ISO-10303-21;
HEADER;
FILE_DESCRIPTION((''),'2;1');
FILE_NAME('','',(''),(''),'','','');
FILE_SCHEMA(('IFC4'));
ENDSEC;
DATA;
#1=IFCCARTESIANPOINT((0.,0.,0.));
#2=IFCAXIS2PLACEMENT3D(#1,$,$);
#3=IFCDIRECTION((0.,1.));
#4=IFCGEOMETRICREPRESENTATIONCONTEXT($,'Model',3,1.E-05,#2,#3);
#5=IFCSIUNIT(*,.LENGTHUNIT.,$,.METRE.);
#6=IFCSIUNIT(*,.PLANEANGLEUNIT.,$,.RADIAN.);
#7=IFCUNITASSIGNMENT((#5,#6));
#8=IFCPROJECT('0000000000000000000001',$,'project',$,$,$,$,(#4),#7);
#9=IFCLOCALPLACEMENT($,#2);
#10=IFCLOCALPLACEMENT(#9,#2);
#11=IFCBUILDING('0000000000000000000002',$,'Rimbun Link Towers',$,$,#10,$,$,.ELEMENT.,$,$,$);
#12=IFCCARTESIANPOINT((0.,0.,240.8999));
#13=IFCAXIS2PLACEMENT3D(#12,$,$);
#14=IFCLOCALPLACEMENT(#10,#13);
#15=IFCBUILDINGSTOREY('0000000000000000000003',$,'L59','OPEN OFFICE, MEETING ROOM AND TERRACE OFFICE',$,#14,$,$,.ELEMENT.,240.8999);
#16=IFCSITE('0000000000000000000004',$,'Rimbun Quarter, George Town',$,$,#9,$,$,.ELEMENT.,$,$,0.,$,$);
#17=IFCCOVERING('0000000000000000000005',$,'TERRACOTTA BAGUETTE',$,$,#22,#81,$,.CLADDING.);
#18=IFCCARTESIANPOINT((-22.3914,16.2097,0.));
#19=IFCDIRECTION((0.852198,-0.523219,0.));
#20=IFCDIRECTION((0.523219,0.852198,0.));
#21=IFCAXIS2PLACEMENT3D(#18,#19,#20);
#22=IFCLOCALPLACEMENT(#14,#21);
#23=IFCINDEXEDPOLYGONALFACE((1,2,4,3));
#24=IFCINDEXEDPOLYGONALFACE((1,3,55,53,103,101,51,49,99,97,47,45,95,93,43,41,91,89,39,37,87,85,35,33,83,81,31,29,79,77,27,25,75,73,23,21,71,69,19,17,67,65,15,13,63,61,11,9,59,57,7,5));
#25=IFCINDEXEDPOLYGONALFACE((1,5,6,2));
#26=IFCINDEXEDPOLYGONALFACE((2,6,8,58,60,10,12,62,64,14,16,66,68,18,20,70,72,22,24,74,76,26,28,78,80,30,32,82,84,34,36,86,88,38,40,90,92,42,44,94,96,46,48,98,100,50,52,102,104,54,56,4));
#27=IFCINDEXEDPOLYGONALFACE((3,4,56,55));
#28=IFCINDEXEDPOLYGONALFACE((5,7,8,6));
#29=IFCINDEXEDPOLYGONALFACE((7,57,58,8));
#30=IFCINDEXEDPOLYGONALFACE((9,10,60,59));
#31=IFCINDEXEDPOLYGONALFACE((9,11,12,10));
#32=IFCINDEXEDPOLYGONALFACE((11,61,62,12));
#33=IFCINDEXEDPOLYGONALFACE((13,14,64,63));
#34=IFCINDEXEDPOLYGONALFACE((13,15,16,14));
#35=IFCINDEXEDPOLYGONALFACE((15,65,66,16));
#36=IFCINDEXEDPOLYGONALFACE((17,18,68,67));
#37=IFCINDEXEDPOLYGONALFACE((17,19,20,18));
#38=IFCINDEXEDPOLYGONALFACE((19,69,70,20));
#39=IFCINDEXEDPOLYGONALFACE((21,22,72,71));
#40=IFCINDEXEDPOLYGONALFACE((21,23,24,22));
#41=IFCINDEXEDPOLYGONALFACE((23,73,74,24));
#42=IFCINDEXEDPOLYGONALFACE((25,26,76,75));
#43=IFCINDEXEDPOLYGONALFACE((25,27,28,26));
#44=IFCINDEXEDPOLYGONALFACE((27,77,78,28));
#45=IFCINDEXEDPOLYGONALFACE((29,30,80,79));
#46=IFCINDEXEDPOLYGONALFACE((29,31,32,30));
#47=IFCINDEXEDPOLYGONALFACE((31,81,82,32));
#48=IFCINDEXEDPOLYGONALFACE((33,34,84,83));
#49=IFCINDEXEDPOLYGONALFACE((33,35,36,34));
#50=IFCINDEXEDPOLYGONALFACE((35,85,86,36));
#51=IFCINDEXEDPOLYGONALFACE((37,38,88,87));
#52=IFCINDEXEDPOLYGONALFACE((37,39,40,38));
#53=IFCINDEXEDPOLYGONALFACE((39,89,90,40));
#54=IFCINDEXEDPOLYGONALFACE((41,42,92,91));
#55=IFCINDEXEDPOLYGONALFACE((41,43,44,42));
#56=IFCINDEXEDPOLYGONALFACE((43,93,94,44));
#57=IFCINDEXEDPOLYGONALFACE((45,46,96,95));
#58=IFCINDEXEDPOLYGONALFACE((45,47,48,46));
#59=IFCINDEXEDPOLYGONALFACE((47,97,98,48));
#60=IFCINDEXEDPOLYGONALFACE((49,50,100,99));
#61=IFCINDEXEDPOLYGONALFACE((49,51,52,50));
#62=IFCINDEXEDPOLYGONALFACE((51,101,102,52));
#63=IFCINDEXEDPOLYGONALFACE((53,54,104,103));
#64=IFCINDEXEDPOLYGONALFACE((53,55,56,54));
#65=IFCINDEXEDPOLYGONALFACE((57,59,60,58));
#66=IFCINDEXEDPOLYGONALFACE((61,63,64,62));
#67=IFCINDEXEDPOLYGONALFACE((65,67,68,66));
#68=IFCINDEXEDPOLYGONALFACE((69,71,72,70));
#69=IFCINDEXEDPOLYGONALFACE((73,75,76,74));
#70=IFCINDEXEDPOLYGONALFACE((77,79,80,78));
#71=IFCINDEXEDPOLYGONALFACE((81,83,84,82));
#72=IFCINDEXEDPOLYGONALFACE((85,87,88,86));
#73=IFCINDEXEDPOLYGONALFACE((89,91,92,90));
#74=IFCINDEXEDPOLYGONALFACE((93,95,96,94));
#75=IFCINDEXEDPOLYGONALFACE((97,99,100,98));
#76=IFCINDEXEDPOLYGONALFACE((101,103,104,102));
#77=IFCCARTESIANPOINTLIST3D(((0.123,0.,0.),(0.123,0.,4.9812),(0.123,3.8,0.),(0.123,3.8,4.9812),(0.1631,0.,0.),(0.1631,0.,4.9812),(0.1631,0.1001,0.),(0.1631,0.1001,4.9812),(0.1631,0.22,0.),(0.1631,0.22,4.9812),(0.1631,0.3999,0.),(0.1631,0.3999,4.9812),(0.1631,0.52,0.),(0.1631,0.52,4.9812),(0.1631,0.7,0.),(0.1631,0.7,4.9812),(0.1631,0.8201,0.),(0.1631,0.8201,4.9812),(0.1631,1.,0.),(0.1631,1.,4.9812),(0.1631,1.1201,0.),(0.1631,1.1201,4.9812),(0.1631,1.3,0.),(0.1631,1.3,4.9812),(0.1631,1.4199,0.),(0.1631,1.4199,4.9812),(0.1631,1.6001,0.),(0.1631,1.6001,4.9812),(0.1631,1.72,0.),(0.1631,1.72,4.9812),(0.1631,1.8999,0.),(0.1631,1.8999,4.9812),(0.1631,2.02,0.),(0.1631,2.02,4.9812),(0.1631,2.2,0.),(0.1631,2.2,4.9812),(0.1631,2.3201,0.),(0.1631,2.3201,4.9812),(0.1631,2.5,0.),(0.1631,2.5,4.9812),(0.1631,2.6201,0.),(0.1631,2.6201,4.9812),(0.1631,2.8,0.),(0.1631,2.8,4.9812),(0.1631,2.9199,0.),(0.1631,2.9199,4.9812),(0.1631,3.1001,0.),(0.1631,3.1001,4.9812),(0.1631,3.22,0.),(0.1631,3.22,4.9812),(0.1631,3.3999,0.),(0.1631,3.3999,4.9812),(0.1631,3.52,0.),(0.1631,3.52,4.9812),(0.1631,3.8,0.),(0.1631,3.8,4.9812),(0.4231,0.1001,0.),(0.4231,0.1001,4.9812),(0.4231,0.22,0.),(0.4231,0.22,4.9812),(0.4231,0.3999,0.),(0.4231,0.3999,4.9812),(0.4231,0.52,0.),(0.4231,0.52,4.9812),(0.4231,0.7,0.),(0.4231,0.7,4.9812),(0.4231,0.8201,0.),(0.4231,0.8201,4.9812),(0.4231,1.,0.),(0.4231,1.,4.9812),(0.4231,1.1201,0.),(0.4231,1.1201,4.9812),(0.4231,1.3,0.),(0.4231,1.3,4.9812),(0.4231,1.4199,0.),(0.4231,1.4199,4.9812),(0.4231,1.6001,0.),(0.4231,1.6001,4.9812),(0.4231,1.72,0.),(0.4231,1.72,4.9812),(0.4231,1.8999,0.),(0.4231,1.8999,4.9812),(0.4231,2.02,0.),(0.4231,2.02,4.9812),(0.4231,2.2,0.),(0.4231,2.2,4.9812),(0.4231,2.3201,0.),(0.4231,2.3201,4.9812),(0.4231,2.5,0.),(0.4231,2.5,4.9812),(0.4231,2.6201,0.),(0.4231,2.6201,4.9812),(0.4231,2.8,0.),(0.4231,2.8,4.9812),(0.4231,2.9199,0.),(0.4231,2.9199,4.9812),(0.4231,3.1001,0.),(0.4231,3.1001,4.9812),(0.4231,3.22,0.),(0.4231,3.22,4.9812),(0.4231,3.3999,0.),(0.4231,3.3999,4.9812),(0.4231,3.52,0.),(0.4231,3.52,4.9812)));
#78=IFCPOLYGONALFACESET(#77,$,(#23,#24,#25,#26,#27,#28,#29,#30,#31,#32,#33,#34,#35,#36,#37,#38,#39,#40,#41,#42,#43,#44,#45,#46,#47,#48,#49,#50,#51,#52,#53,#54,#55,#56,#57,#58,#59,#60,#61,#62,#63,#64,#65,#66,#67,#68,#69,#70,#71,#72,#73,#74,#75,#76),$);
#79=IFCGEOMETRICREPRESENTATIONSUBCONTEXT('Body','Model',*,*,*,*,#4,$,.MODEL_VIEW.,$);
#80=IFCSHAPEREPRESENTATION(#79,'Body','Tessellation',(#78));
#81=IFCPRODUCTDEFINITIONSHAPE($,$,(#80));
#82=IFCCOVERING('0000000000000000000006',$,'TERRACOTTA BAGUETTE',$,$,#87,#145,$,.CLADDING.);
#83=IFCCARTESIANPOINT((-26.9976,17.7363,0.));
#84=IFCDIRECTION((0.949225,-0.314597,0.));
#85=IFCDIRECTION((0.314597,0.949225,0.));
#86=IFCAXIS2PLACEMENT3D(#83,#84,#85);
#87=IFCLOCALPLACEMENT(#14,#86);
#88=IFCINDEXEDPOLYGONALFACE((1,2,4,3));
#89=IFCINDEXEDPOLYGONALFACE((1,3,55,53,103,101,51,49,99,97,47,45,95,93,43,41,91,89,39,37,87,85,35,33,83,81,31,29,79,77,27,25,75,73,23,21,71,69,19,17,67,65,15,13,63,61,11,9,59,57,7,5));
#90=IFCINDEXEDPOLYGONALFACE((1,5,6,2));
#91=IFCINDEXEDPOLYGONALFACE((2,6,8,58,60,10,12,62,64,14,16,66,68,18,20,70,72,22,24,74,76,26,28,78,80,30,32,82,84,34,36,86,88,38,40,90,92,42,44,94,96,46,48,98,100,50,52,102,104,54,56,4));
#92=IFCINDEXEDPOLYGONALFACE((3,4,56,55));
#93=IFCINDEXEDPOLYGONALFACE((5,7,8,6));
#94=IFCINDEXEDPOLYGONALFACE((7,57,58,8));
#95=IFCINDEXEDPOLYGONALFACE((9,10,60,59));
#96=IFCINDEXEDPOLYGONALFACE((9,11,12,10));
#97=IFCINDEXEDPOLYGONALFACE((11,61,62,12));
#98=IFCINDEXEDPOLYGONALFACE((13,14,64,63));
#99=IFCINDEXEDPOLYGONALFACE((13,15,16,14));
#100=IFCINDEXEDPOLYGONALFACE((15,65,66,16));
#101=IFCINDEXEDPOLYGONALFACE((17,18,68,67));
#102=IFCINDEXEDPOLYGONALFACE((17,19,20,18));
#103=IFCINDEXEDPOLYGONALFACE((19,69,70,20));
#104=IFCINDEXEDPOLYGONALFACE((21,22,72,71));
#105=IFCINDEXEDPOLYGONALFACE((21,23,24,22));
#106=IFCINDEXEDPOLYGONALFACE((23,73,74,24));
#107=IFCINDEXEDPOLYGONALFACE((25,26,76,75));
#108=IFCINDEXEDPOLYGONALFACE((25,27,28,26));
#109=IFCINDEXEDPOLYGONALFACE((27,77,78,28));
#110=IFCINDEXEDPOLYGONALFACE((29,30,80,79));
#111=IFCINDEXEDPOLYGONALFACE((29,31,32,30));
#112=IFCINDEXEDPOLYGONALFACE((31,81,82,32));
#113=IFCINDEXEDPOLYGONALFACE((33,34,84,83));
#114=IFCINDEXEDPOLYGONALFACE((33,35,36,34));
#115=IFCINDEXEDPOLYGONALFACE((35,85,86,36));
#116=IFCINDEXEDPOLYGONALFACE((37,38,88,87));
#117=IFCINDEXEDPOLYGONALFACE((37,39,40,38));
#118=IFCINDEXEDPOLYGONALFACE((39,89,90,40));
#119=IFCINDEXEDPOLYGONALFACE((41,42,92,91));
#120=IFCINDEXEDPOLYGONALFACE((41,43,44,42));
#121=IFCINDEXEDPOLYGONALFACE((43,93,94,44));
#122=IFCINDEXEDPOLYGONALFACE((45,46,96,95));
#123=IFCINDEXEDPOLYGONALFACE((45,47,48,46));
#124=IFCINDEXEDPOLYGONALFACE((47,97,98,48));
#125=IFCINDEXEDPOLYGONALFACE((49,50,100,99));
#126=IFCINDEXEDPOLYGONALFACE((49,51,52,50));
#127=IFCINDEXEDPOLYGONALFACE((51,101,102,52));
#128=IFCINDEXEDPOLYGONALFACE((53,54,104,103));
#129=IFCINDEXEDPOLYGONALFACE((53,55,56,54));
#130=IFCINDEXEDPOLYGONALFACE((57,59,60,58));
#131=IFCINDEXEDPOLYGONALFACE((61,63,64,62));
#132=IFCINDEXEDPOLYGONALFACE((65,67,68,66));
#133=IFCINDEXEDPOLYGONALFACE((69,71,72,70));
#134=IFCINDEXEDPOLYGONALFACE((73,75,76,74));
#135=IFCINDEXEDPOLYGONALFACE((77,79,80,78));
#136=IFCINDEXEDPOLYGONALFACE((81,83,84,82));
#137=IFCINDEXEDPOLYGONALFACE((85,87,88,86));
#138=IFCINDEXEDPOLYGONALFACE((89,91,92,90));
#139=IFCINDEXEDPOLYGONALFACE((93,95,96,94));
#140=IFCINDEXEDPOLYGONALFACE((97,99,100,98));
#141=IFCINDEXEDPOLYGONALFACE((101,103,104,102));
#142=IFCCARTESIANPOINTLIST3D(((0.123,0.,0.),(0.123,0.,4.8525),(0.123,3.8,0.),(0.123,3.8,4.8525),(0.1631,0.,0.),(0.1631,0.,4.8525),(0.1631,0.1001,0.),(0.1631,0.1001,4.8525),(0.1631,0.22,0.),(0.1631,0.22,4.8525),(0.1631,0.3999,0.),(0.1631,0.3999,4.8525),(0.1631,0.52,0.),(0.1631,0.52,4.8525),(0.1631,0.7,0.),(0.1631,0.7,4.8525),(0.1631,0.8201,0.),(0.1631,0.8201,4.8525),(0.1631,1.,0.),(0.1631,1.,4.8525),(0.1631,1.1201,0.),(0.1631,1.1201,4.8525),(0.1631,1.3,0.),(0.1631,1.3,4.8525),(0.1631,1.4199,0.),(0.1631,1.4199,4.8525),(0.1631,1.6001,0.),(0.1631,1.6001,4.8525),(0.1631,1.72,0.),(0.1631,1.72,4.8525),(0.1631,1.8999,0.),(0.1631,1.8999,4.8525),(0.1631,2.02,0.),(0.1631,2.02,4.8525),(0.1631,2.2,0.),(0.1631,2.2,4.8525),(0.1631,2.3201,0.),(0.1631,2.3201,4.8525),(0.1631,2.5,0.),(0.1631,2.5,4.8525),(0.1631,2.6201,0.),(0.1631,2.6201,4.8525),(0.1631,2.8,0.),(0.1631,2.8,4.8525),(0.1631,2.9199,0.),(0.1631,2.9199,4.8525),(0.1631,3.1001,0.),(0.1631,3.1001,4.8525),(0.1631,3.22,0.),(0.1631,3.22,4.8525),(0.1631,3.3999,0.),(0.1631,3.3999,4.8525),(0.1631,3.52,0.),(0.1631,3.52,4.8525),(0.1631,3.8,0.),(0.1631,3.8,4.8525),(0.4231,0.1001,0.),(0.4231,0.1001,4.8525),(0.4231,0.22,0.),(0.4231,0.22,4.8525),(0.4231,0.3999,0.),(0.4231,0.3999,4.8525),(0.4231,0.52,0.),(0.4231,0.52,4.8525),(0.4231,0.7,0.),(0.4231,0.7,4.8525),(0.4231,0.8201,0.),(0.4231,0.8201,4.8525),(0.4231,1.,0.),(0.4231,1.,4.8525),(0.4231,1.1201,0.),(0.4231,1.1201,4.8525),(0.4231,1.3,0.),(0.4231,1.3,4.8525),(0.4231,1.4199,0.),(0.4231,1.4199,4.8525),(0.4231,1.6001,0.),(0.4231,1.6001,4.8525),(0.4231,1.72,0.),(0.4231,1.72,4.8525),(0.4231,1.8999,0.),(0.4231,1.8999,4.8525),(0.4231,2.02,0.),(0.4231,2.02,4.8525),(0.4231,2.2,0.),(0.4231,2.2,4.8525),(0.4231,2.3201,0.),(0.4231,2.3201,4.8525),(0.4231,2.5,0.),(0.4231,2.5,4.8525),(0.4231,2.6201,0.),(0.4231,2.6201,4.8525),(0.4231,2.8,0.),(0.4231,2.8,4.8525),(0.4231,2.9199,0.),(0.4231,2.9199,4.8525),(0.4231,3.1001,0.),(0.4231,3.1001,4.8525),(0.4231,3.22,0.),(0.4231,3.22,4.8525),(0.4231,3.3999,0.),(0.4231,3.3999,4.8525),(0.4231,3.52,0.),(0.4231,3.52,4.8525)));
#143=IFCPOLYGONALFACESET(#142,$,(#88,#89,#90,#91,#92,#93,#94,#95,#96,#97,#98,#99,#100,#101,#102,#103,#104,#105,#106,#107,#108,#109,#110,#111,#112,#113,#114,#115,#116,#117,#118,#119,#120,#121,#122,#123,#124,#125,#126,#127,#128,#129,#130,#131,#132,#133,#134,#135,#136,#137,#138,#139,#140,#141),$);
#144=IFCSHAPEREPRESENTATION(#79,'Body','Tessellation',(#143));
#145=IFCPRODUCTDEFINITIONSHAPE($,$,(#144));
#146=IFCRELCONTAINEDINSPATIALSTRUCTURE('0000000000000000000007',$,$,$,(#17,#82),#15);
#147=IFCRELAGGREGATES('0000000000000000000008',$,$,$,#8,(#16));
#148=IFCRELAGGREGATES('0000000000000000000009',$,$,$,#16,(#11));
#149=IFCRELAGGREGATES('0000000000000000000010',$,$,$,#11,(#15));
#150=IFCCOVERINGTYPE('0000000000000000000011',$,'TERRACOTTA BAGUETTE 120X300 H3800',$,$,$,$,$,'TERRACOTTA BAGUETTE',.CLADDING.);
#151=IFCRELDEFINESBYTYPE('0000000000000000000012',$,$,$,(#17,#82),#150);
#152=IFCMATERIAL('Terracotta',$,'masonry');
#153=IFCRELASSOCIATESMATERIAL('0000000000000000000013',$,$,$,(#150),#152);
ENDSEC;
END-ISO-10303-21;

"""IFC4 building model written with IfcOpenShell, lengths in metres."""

from ifc_helpers import new_model, si_unit, direction, frame, origin, place, context, subcontext, project, spatial, polyline, outline, extrude, material, material_profile, profile_set, type_object, element, save


model = new_model("IFC4")

# Units and contexts
model_context = context("Model", 3, precision=1e-05, world=origin(), true_north=direction((0.0, 1.0)))
body_context = subcontext(model_context, "Body", "Model", "MODEL_VIEW")
ifc_project = project(units=[si_unit("LENGTHUNIT", "METRE"), si_unit("PLANEANGLEUNIT", "RADIAN")], contexts=[model_context])

# Site, building, storey
site_placement = place(None, origin())
site = spatial("IfcSite", under=ifc_project, at=site_placement, Name="Rimbun Quarter, George Town", CompositionType="ELEMENT", RefElevation=0.0)
building_placement = place(site_placement, origin())
building = spatial("IfcBuilding", under=site, at=building_placement, Name="Rimbun Link Towers", CompositionType="ELEMENT")
storey_placement = place(building_placement, frame((0.0, 0.0, 240.8999)))
storey = spatial("IfcBuildingStorey", under=building, at=storey_placement, Name="L59", Description="OPEN OFFICE, MEETING ROOM AND TERRACE OFFICE", CompositionType="ELEMENT", Elevation=240.8999)

# Coverings
ifc_material_1 = material(Name="Terracotta", Category="masonry")
ifc_material_profile_1 = material_profile(ifc_material_1, outline(polyline([(0.123, 0.0), (0.1631, 0.0), (0.1631, 0.1001), (0.4231, 0.1001), (0.4231, 0.22), (0.1631, 0.22), (0.1631, 0.3999), (0.4231, 0.3999), (0.4231, 0.52), (0.1631, 0.52), (0.1631, 0.7), (0.4231, 0.7), (0.4231, 0.8201), (0.1631, 0.8201), (0.1631, 1.0), (0.4231, 1.0), (0.4231, 1.1201), (0.1631, 1.1201), (0.1631, 1.3), (0.4231, 1.3), (0.4231, 1.4199), (0.1631, 1.4199), (0.1631, 1.6001), (0.4231, 1.6001), (0.4231, 1.72), (0.1631, 1.72), (0.1631, 1.8999), (0.4231, 1.8999), (0.4231, 2.02), (0.1631, 2.02), (0.1631, 2.2), (0.4231, 2.2), (0.4231, 2.3201), (0.1631, 2.3201), (0.1631, 2.5), (0.4231, 2.5), (0.4231, 2.6201), (0.1631, 2.6201), (0.1631, 2.8), (0.4231, 2.8), (0.4231, 2.9199), (0.1631, 2.9199), (0.1631, 3.1001), (0.4231, 3.1001), (0.4231, 3.22), (0.1631, 3.22), (0.1631, 3.3999), (0.4231, 3.3999), (0.4231, 3.52), (0.1631, 3.52), (0.1631, 3.8), (0.123, 3.8), (0.123, 0.0)])), Name="BAGUETTE 120X300")
ifc_profile_set_1 = profile_set([ifc_material_profile_1], Name="Terracotta")
covering_type = type_object("IfcCoveringType", Name="TERRACOTTA BAGUETTE 120X300 H3800", ElementType="TERRACOTTA BAGUETTE", PredefinedType="CLADDING", material=ifc_profile_set_1)
covering_1_placement = place(storey_placement, frame((-22.3914, 16.2097, 0.0), z_axis=(0.852198, -0.523219, 0.0), x_axis=(0.523219, 0.852198, 0.0)))
element("IfcCovering", 1, at=covering_1_placement, inside=storey, type_object=covering_type, Name="TERRACOTTA BAGUETTE", PredefinedType="CLADDING", context=body_context, shape_type="SweptSolid", body=[
    extrude(outline(polyline([(0.123, 0.0), (0.1631, 0.0), (0.1631, 0.1001), (0.4231, 0.1001), (0.4231, 0.22), (0.1631, 0.22), (0.1631, 0.3999), (0.4231, 0.3999), (0.4231, 0.52), (0.1631, 0.52), (0.1631, 0.7), (0.4231, 0.7), (0.4231, 0.8201), (0.1631, 0.8201), (0.1631, 1.0), (0.4231, 1.0), (0.4231, 1.1201), (0.1631, 1.1201), (0.1631, 1.3), (0.4231, 1.3), (0.4231, 1.4199), (0.1631, 1.4199), (0.1631, 1.6001), (0.4231, 1.6001), (0.4231, 1.72), (0.1631, 1.72), (0.1631, 1.8999), (0.4231, 1.8999), (0.4231, 2.02), (0.1631, 2.02), (0.1631, 2.2), (0.4231, 2.2), (0.4231, 2.3201), (0.1631, 2.3201), (0.1631, 2.5), (0.4231, 2.5), (0.4231, 2.6201), (0.1631, 2.6201), (0.1631, 2.8), (0.4231, 2.8), (0.4231, 2.9199), (0.1631, 2.9199), (0.1631, 3.1001), (0.4231, 3.1001), (0.4231, 3.22), (0.1631, 3.22), (0.1631, 3.3999), (0.4231, 3.3999), (0.4231, 3.52), (0.1631, 3.52), (0.1631, 3.8), (0.123, 3.8), (0.123, 0.0)])), origin(), (0.0, 0.0, 1.0), 4.9812),
])
covering_2_placement = place(storey_placement, frame((-26.9976, 17.7363, 0.0), z_axis=(0.949225, -0.314597, 0.0), x_axis=(0.314597, 0.949225, 0.0)))
element("IfcCovering", 2, at=covering_2_placement, inside=storey, type_object=covering_type, Name="TERRACOTTA BAGUETTE", PredefinedType="CLADDING", context=body_context, shape_type="SweptSolid", body=[
    extrude(outline(polyline([(0.123, 0.0), (0.1631, 0.0), (0.1631, 0.1001), (0.4231, 0.1001), (0.4231, 0.22), (0.1631, 0.22), (0.1631, 0.3999), (0.4231, 0.3999), (0.4231, 0.52), (0.1631, 0.52), (0.1631, 0.7), (0.4231, 0.7), (0.4231, 0.8201), (0.1631, 0.8201), (0.1631, 1.0), (0.4231, 1.0), (0.4231, 1.1201), (0.1631, 1.1201), (0.1631, 1.3), (0.4231, 1.3), (0.4231, 1.4199), (0.1631, 1.4199), (0.1631, 1.6001), (0.4231, 1.6001), (0.4231, 1.72), (0.1631, 1.72), (0.1631, 1.8999), (0.4231, 1.8999), (0.4231, 2.02), (0.1631, 2.02), (0.1631, 2.2), (0.4231, 2.2), (0.4231, 2.3201), (0.1631, 2.3201), (0.1631, 2.5), (0.4231, 2.5), (0.4231, 2.6201), (0.1631, 2.6201), (0.1631, 2.8), (0.4231, 2.8), (0.4231, 2.9199), (0.1631, 2.9199), (0.1631, 3.1001), (0.4231, 3.1001), (0.4231, 3.22), (0.1631, 3.22), (0.1631, 3.3999), (0.4231, 3.3999), (0.4231, 3.52), (0.1631, 3.52), (0.1631, 3.8), (0.123, 3.8), (0.123, 0.0)])), origin(), (0.0, 0.0, 1.0), 4.8525),
])

save(model, "model.ifc")
